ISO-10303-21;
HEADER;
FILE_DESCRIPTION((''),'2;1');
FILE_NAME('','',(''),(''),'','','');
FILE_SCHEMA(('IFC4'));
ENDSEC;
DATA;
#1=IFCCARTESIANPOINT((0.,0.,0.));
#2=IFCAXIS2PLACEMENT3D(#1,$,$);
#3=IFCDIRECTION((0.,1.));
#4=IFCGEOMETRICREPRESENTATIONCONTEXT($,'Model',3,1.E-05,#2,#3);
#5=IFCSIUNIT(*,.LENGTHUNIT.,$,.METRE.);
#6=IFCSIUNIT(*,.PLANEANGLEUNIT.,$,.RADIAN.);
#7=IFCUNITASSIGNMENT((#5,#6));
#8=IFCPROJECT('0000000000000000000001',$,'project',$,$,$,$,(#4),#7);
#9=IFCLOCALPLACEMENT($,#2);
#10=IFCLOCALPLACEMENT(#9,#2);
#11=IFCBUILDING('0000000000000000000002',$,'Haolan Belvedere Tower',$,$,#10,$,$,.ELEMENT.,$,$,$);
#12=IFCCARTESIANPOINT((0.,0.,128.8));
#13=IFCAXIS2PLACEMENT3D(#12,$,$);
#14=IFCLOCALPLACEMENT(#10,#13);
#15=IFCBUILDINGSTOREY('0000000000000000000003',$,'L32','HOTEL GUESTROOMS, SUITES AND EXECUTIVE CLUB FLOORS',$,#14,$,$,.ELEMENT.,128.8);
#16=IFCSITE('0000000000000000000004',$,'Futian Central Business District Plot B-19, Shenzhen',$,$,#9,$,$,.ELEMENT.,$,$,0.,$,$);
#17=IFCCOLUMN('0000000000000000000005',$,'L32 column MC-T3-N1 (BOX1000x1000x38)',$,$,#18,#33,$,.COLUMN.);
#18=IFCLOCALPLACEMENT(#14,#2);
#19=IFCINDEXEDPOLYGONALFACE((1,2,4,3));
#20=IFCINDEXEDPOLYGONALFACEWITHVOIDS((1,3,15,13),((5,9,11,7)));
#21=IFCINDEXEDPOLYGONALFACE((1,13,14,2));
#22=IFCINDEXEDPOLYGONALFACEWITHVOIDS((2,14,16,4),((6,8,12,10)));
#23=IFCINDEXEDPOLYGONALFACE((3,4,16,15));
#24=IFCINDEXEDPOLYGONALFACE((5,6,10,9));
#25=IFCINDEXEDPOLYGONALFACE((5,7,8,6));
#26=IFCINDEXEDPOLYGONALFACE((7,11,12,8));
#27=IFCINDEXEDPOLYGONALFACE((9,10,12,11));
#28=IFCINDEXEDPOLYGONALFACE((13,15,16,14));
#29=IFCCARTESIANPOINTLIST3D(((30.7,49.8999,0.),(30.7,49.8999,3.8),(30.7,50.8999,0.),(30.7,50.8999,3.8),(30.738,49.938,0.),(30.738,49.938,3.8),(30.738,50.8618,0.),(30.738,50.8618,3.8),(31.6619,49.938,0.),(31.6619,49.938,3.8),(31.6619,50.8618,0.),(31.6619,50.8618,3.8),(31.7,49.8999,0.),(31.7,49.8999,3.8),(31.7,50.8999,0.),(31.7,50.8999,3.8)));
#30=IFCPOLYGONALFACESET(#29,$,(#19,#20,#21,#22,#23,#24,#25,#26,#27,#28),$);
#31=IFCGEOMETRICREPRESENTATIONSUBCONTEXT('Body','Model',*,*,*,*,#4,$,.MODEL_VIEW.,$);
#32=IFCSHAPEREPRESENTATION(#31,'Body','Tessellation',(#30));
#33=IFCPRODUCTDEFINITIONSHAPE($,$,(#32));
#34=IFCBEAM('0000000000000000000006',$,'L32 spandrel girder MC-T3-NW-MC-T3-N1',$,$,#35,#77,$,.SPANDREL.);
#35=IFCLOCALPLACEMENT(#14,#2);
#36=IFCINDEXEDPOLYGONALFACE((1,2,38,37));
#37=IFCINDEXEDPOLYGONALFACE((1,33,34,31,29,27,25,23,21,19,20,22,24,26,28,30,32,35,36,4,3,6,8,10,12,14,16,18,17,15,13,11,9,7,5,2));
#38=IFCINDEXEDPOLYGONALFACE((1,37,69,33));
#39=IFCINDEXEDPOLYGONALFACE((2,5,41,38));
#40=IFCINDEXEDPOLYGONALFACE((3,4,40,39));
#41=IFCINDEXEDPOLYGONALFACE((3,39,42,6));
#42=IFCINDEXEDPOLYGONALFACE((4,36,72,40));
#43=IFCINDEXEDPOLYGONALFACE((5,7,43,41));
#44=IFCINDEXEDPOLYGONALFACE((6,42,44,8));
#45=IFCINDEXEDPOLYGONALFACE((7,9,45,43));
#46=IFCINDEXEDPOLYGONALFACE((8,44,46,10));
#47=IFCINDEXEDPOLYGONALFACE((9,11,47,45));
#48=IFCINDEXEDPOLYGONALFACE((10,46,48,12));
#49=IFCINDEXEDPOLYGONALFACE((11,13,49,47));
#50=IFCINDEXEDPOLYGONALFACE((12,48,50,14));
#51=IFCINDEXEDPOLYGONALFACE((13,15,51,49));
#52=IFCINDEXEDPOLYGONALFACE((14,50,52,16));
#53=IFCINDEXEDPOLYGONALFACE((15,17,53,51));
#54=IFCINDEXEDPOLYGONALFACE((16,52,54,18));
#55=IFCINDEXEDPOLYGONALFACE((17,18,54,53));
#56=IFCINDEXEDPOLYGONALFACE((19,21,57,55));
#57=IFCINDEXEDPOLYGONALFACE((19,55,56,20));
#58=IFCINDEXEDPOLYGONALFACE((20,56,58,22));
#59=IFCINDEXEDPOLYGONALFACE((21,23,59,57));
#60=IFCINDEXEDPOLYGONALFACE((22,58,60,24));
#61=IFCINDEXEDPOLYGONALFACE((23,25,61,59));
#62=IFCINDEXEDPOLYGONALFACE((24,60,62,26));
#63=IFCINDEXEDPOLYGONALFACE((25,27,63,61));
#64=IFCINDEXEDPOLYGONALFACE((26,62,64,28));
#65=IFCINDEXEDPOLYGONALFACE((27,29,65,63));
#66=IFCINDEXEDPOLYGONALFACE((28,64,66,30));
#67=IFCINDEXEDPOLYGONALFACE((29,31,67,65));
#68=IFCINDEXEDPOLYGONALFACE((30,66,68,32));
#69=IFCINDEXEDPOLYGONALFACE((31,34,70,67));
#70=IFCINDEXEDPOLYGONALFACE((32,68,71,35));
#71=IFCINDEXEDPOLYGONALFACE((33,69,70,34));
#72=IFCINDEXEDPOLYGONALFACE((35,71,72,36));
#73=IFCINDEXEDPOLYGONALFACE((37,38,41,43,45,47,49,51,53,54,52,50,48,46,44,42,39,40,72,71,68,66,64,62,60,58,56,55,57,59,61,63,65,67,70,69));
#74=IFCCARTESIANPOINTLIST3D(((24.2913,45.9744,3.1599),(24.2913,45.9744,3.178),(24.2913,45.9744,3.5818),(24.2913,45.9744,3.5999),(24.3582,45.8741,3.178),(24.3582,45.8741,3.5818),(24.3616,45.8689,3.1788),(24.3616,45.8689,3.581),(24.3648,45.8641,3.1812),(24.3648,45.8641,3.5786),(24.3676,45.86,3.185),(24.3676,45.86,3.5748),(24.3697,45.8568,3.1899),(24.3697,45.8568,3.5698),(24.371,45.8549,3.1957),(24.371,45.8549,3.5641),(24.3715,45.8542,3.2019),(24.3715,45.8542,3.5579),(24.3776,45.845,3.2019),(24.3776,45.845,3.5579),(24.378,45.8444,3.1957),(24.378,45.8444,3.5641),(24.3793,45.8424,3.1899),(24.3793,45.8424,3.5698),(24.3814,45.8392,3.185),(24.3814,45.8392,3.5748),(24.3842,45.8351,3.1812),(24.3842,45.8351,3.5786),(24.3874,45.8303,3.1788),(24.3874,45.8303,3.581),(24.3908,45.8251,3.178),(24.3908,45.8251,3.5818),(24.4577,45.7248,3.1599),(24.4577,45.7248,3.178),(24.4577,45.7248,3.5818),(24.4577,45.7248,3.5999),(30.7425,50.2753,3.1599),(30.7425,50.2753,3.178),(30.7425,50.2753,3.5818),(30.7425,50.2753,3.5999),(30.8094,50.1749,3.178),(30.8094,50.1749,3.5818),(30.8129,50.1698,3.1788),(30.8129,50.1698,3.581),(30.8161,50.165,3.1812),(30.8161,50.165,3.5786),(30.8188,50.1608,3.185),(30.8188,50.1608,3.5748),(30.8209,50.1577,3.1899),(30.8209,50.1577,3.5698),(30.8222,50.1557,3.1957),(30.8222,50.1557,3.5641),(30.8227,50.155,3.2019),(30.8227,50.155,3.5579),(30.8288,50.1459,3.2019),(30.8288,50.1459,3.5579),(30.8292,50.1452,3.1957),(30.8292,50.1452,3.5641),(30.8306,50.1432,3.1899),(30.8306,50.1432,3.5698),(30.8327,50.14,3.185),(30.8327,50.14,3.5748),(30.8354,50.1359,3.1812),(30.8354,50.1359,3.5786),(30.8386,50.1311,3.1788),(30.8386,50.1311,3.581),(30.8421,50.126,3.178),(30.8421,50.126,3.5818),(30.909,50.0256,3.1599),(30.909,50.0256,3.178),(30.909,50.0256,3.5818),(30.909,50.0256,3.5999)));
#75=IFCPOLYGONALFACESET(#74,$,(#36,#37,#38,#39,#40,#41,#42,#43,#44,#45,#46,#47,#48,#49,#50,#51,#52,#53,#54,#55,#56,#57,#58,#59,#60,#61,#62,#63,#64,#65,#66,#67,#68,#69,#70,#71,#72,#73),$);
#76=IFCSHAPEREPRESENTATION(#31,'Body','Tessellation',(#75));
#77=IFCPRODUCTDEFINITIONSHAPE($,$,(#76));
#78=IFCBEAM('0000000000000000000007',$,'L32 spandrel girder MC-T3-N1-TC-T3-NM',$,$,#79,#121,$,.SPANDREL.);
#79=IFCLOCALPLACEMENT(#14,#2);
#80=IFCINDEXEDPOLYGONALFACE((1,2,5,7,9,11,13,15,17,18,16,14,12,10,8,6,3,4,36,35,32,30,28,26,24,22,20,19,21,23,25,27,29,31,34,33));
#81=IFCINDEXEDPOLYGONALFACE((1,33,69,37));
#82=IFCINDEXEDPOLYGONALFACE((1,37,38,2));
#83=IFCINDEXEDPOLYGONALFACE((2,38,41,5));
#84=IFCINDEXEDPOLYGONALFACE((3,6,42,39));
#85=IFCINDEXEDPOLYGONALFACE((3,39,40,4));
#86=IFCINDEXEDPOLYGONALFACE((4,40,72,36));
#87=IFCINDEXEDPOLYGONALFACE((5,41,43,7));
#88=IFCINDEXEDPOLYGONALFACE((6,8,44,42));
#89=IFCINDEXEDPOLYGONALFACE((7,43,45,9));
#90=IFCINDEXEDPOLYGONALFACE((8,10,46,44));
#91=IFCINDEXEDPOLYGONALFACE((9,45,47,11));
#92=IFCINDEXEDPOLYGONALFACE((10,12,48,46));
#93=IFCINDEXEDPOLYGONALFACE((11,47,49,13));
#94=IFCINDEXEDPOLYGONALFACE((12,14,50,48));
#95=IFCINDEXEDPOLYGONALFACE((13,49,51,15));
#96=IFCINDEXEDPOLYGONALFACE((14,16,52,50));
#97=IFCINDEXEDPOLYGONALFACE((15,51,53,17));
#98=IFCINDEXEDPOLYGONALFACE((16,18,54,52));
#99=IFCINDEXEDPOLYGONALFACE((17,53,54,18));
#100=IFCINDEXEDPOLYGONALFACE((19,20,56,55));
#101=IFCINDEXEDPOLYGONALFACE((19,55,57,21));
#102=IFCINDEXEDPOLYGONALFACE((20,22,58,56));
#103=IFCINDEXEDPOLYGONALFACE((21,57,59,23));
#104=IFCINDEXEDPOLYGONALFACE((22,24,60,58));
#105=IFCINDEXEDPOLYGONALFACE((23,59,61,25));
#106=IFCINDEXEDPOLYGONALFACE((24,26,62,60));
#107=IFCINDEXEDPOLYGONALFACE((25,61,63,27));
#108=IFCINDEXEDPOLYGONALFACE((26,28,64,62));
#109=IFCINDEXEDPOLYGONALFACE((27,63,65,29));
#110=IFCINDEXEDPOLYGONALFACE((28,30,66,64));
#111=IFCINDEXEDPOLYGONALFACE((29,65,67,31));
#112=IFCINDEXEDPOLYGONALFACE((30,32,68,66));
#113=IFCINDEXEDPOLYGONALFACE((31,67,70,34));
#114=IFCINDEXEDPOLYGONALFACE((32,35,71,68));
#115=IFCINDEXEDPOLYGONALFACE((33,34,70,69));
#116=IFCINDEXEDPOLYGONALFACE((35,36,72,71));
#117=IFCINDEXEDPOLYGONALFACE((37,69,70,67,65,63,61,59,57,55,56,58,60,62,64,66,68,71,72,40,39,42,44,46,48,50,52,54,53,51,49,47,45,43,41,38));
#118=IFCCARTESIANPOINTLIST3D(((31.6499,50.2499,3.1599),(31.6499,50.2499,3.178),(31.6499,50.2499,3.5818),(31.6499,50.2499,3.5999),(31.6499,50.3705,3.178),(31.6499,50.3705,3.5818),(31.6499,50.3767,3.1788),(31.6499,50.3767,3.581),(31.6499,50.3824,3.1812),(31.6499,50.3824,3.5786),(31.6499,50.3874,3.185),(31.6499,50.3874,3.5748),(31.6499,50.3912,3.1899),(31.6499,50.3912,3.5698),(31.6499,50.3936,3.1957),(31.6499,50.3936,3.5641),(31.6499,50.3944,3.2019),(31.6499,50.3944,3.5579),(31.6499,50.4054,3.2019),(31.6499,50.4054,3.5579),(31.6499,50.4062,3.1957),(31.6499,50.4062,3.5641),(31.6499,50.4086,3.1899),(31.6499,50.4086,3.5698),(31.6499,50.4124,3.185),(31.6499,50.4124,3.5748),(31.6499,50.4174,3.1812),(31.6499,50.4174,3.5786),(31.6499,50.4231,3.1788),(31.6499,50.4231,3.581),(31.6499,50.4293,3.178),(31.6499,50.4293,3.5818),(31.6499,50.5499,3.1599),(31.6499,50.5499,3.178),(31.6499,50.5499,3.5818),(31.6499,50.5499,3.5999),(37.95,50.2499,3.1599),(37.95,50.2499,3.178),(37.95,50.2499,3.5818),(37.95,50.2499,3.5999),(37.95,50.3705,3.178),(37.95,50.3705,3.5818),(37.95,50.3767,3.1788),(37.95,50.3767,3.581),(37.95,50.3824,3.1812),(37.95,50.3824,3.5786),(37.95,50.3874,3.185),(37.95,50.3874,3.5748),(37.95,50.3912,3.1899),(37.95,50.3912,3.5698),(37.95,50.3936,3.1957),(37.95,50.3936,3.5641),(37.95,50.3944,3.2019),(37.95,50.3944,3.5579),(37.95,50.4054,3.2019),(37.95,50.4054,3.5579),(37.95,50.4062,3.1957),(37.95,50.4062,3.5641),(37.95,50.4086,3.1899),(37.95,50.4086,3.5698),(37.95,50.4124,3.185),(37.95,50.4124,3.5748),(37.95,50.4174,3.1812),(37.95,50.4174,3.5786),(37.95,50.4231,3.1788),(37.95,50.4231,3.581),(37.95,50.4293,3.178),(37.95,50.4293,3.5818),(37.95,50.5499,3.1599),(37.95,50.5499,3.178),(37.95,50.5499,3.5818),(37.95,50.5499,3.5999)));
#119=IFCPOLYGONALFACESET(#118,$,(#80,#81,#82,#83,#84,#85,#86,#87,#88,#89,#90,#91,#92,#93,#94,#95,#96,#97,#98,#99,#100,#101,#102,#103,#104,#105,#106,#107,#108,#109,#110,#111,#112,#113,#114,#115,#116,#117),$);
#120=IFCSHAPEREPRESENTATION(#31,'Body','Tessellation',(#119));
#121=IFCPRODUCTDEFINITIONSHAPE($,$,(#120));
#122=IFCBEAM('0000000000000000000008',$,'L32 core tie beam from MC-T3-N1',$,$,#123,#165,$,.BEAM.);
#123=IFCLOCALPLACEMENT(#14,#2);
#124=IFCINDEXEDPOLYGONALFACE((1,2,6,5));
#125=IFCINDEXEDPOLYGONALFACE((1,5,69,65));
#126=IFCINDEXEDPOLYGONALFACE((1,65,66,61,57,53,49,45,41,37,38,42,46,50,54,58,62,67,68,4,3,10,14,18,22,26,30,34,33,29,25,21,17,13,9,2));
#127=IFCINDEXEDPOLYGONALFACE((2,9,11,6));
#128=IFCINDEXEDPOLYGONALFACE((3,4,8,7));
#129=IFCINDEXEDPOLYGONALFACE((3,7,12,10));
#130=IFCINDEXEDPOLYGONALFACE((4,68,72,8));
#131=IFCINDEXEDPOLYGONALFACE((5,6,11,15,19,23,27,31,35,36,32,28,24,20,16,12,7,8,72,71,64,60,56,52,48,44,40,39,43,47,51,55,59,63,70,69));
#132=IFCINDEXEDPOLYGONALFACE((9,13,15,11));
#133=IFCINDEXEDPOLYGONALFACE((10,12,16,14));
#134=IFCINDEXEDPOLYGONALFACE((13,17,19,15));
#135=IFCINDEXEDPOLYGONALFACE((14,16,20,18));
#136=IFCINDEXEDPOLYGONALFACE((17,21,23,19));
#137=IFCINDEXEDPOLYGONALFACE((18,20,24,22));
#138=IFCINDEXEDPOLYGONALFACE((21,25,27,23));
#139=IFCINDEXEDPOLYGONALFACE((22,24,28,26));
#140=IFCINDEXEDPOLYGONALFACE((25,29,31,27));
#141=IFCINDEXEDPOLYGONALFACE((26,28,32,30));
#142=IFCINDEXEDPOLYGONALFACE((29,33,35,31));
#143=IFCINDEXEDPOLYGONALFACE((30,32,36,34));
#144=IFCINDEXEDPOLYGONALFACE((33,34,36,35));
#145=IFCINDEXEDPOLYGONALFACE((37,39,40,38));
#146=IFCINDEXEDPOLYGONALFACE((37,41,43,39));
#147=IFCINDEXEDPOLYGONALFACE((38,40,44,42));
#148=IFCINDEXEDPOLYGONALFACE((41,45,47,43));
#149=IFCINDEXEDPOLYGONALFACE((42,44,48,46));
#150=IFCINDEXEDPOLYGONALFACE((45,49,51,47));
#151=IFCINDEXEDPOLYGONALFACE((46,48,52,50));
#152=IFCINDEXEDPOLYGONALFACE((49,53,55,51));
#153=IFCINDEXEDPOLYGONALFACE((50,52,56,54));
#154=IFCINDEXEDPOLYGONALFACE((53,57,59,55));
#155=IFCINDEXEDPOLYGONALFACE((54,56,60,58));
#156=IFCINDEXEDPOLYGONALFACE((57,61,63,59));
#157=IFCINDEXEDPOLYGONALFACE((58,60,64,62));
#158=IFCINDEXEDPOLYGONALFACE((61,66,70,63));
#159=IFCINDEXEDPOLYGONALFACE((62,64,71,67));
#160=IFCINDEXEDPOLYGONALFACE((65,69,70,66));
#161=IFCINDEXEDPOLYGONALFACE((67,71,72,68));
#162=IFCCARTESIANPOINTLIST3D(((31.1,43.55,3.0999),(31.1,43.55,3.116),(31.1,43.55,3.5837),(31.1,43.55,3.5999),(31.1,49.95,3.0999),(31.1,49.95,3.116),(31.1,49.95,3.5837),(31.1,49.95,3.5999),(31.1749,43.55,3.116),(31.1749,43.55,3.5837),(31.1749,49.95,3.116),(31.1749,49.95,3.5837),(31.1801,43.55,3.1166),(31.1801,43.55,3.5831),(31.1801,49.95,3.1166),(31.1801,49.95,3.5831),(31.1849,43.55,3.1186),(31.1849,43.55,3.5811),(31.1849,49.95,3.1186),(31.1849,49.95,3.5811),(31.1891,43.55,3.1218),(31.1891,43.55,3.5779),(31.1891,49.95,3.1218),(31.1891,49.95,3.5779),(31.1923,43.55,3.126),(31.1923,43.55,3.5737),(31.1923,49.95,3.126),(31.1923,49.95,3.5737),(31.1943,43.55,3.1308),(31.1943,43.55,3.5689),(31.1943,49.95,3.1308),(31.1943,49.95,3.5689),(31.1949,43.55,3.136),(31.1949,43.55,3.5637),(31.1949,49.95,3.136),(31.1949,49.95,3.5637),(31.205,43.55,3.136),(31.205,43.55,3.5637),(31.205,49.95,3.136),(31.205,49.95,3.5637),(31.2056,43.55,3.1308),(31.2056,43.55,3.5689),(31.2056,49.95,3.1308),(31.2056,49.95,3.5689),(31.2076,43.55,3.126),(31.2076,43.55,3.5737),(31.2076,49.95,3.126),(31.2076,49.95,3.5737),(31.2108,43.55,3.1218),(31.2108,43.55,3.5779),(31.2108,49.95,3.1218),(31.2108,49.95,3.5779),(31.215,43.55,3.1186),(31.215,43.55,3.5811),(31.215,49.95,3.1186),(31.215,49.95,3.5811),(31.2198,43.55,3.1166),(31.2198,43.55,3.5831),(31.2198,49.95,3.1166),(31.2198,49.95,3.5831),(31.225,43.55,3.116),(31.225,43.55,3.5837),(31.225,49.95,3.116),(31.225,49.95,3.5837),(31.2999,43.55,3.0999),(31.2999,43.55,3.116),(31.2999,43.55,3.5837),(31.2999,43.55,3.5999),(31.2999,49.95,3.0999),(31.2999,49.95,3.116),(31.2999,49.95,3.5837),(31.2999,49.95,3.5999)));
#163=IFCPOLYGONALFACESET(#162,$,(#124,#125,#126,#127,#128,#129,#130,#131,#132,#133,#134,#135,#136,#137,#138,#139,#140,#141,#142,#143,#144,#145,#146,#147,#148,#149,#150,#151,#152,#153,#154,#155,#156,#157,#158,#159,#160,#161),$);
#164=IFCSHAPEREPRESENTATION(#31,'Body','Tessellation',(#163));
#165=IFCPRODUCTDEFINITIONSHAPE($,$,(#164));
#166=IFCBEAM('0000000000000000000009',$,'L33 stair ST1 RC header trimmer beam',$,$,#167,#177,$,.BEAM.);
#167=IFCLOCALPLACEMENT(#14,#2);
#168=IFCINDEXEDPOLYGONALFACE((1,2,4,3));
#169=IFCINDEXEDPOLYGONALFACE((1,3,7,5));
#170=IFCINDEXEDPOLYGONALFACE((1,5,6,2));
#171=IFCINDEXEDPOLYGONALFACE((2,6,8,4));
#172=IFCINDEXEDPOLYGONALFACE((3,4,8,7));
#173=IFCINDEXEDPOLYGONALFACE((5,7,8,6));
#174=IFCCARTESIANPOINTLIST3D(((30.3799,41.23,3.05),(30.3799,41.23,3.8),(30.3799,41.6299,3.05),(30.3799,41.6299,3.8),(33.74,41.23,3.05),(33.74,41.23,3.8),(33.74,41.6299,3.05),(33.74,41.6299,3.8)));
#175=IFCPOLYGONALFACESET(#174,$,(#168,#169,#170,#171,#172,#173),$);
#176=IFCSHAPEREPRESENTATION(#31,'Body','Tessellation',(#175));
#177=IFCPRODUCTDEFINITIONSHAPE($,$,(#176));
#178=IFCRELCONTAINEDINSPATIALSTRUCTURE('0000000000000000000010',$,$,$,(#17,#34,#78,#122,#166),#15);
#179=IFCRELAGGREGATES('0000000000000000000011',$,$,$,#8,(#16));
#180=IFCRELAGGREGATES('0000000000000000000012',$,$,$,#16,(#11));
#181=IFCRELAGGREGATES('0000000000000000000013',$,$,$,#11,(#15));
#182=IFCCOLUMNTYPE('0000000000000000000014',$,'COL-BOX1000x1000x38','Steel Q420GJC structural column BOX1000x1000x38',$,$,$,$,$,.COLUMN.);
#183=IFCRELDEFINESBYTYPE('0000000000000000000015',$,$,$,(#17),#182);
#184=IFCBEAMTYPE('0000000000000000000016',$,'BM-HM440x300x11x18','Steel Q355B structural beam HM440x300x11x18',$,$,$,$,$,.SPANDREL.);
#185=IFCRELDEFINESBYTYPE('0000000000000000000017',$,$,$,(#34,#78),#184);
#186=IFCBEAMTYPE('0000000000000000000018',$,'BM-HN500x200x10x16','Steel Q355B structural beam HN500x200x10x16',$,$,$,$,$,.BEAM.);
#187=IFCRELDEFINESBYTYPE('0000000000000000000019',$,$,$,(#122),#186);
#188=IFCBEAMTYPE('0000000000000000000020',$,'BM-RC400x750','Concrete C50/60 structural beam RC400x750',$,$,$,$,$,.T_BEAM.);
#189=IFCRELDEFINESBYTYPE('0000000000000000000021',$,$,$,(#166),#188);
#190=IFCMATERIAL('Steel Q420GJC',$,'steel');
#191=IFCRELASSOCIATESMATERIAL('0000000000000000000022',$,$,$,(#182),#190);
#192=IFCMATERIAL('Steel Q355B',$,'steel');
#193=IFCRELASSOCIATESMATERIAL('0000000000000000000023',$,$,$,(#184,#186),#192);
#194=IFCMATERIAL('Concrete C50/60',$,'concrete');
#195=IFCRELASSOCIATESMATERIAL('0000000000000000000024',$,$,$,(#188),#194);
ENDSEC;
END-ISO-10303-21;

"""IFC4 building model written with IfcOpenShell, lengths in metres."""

from ifc_helpers import new_model, si_unit, direction, frame, origin, origin_2d, place, context, subcontext, project, spatial, rectangle, hollow_rectangle, i_section, extrude, material, material_profile, profile_set, type_object, element, save


model = new_model("IFC4")

# Units and contexts
model_context = context("Model", 3, precision=1e-05, world=origin(), true_north=direction((0.0, 1.0)))
body_context = subcontext(model_context, "Body", "Model", "MODEL_VIEW")
ifc_project = project(units=[si_unit("LENGTHUNIT", "METRE"), si_unit("PLANEANGLEUNIT", "RADIAN")], contexts=[model_context])

# Site, building, storey
site_placement = place(None, origin())
site = spatial("IfcSite", under=ifc_project, at=site_placement, Name="Futian Central Business District Plot B-19, Shenzhen", CompositionType="ELEMENT", RefElevation=0.0)
building_placement = place(site_placement, origin())
building = spatial("IfcBuilding", under=site, at=building_placement, Name="Haolan Belvedere Tower", CompositionType="ELEMENT")
storey_placement = place(building_placement, frame((0.0, 0.0, 128.8)))
storey = spatial("IfcBuildingStorey", under=building, at=storey_placement, Name="L32", Description="HOTEL GUESTROOMS, SUITES AND EXECUTIVE CLUB FLOORS", CompositionType="ELEMENT", Elevation=128.8)

# Column
ifc_material_1 = material(Name="Steel Q420GJC", Category="steel")
ifc_material_profile_1 = material_profile(ifc_material_1, hollow_rectangle(XDim=1.0, YDim=1.0, WallThickness=0.0381, at=origin_2d()), Name="Steel Q420GJC")
ifc_profile_set_1 = profile_set([ifc_material_profile_1], Name="Steel Q420GJC")
column_type = type_object("IfcColumnType", Name="COL-BOX1000x1000x38", Description="Steel Q420GJC structural column BOX1000x1000x38", PredefinedType="COLUMN", material=ifc_profile_set_1)
column_placement = place(storey_placement, frame((31.2, 50.3999, 0.0), z_axis=(0.0, 0.0, 1.0), x_axis=(1.0, 0.0, 0.0)))
element("IfcColumn", 1, at=column_placement, inside=storey, type_object=column_type, Name="L32 column MC-T3-N1 (BOX1000x1000x38)", PredefinedType="COLUMN", context=body_context, shape_type="SweptSolid", body=[
    extrude(hollow_rectangle(XDim=1.0, YDim=1.0, WallThickness=0.0381, at=origin_2d()), origin(), (0.0, 0.0, 1.0), 3.8),
])

# Beams
ifc_material_2 = material(Name="Steel Q355B", Category="steel")
ifc_material_profile_2 = material_profile(ifc_material_2, i_section(OverallWidth=0.3, OverallDepth=0.4399, WebThickness=0.011, FlangeThickness=0.0181, FilletRadius=0.0239, at=origin_2d()), Name="Steel Q355B")
ifc_profile_set_2 = profile_set([ifc_material_profile_2], Name="Steel Q355B")
beam_type_1 = type_object("IfcBeamType", Name="BM-HM440x300x11x18", Description="Steel Q355B structural beam HM440x300x11x18", PredefinedType="SPANDREL", material=ifc_profile_set_2)
beam_1_placement = place(storey_placement, frame((24.3745, 45.8496, 3.3799), z_axis=(0.83205, 0.5547, 0.0), x_axis=(-0.5547, 0.83205, 0.0)))
element("IfcBeam", 2, at=beam_1_placement, inside=storey, type_object=beam_type_1, Name="L32 spandrel girder MC-T3-NW-MC-T3-N1", PredefinedType="SPANDREL", context=body_context, shape_type="SweptSolid", body=[
    extrude(i_section(OverallWidth=0.3, OverallDepth=0.4399, WebThickness=0.011, FlangeThickness=0.0181, FilletRadius=0.0239, at=origin_2d()), origin(), (0.0, 0.0, 1.0), 7.7534),
])
beam_2_placement = place(storey_placement, frame((31.6499, 50.3999, 3.3799), z_axis=(1.0, 0.0, 0.0), x_axis=(0.0, 1.0, 0.0)))
element("IfcBeam", 3, at=beam_2_placement, inside=storey, type_object=beam_type_1, Name="L32 spandrel girder MC-T3-N1-TC-T3-NM", PredefinedType="SPANDREL", context=body_context, shape_type="SweptSolid", body=[
    extrude(i_section(OverallWidth=0.3, OverallDepth=0.4399, WebThickness=0.011, FlangeThickness=0.0181, FilletRadius=0.0239, at=origin_2d()), origin(), (0.0, 0.0, 1.0), 6.3),
])
ifc_material_profile_3 = material_profile(ifc_material_2, i_section(OverallWidth=0.2, OverallDepth=0.5, WebThickness=0.01, FlangeThickness=0.0161, FilletRadius=0.02, at=origin_2d()), Name="Steel Q355B")
ifc_profile_set_3 = profile_set([ifc_material_profile_3], Name="Steel Q355B")
beam_type_2 = type_object("IfcBeamType", Name="BM-HN500x200x10x16", Description="Steel Q355B structural beam HN500x200x10x16", PredefinedType="BEAM", material=ifc_profile_set_3)
beam_3_placement = place(storey_placement, frame((31.2, 49.95, 3.3499), z_axis=(0.0, -1.0, 0.0), x_axis=(1.0, 0.0, 0.0)))
element("IfcBeam", 4, at=beam_3_placement, inside=storey, type_object=beam_type_2, Name="L32 core tie beam from MC-T3-N1", PredefinedType="BEAM", context=body_context, shape_type="SweptSolid", body=[
    extrude(i_section(OverallWidth=0.2, OverallDepth=0.5, WebThickness=0.01, FlangeThickness=0.0161, FilletRadius=0.02, at=origin_2d()), origin(), (0.0, 0.0, 1.0), 6.3999),
])
ifc_material_3 = material(Name="Concrete C50/60", Category="concrete")
ifc_material_profile_4 = material_profile(ifc_material_3, rectangle(XDim=0.3999, YDim=0.75, at=origin_2d()), Name="Concrete C50/60")
ifc_profile_set_4 = profile_set([ifc_material_profile_4], Name="Concrete C50/60")
beam_type_3 = type_object("IfcBeamType", Name="BM-RC400x750", Description="Concrete C50/60 structural beam RC400x750", PredefinedType="T_BEAM", material=ifc_profile_set_4)
beam_4_placement = place(storey_placement, frame((30.3799, 41.4299, 3.425), z_axis=(1.0, 0.0, 0.0), x_axis=(0.0, 1.0, 0.0)))
element("IfcBeam", 5, at=beam_4_placement, inside=storey, type_object=beam_type_3, Name="L33 stair ST1 RC header trimmer beam", PredefinedType="BEAM", context=body_context, shape_type="SweptSolid", body=[
    extrude(rectangle(XDim=0.3999, YDim=0.75, at=origin_2d()), origin(), (0.0, 0.0, 1.0), 3.3601),
])

save(model, "model.ifc")
